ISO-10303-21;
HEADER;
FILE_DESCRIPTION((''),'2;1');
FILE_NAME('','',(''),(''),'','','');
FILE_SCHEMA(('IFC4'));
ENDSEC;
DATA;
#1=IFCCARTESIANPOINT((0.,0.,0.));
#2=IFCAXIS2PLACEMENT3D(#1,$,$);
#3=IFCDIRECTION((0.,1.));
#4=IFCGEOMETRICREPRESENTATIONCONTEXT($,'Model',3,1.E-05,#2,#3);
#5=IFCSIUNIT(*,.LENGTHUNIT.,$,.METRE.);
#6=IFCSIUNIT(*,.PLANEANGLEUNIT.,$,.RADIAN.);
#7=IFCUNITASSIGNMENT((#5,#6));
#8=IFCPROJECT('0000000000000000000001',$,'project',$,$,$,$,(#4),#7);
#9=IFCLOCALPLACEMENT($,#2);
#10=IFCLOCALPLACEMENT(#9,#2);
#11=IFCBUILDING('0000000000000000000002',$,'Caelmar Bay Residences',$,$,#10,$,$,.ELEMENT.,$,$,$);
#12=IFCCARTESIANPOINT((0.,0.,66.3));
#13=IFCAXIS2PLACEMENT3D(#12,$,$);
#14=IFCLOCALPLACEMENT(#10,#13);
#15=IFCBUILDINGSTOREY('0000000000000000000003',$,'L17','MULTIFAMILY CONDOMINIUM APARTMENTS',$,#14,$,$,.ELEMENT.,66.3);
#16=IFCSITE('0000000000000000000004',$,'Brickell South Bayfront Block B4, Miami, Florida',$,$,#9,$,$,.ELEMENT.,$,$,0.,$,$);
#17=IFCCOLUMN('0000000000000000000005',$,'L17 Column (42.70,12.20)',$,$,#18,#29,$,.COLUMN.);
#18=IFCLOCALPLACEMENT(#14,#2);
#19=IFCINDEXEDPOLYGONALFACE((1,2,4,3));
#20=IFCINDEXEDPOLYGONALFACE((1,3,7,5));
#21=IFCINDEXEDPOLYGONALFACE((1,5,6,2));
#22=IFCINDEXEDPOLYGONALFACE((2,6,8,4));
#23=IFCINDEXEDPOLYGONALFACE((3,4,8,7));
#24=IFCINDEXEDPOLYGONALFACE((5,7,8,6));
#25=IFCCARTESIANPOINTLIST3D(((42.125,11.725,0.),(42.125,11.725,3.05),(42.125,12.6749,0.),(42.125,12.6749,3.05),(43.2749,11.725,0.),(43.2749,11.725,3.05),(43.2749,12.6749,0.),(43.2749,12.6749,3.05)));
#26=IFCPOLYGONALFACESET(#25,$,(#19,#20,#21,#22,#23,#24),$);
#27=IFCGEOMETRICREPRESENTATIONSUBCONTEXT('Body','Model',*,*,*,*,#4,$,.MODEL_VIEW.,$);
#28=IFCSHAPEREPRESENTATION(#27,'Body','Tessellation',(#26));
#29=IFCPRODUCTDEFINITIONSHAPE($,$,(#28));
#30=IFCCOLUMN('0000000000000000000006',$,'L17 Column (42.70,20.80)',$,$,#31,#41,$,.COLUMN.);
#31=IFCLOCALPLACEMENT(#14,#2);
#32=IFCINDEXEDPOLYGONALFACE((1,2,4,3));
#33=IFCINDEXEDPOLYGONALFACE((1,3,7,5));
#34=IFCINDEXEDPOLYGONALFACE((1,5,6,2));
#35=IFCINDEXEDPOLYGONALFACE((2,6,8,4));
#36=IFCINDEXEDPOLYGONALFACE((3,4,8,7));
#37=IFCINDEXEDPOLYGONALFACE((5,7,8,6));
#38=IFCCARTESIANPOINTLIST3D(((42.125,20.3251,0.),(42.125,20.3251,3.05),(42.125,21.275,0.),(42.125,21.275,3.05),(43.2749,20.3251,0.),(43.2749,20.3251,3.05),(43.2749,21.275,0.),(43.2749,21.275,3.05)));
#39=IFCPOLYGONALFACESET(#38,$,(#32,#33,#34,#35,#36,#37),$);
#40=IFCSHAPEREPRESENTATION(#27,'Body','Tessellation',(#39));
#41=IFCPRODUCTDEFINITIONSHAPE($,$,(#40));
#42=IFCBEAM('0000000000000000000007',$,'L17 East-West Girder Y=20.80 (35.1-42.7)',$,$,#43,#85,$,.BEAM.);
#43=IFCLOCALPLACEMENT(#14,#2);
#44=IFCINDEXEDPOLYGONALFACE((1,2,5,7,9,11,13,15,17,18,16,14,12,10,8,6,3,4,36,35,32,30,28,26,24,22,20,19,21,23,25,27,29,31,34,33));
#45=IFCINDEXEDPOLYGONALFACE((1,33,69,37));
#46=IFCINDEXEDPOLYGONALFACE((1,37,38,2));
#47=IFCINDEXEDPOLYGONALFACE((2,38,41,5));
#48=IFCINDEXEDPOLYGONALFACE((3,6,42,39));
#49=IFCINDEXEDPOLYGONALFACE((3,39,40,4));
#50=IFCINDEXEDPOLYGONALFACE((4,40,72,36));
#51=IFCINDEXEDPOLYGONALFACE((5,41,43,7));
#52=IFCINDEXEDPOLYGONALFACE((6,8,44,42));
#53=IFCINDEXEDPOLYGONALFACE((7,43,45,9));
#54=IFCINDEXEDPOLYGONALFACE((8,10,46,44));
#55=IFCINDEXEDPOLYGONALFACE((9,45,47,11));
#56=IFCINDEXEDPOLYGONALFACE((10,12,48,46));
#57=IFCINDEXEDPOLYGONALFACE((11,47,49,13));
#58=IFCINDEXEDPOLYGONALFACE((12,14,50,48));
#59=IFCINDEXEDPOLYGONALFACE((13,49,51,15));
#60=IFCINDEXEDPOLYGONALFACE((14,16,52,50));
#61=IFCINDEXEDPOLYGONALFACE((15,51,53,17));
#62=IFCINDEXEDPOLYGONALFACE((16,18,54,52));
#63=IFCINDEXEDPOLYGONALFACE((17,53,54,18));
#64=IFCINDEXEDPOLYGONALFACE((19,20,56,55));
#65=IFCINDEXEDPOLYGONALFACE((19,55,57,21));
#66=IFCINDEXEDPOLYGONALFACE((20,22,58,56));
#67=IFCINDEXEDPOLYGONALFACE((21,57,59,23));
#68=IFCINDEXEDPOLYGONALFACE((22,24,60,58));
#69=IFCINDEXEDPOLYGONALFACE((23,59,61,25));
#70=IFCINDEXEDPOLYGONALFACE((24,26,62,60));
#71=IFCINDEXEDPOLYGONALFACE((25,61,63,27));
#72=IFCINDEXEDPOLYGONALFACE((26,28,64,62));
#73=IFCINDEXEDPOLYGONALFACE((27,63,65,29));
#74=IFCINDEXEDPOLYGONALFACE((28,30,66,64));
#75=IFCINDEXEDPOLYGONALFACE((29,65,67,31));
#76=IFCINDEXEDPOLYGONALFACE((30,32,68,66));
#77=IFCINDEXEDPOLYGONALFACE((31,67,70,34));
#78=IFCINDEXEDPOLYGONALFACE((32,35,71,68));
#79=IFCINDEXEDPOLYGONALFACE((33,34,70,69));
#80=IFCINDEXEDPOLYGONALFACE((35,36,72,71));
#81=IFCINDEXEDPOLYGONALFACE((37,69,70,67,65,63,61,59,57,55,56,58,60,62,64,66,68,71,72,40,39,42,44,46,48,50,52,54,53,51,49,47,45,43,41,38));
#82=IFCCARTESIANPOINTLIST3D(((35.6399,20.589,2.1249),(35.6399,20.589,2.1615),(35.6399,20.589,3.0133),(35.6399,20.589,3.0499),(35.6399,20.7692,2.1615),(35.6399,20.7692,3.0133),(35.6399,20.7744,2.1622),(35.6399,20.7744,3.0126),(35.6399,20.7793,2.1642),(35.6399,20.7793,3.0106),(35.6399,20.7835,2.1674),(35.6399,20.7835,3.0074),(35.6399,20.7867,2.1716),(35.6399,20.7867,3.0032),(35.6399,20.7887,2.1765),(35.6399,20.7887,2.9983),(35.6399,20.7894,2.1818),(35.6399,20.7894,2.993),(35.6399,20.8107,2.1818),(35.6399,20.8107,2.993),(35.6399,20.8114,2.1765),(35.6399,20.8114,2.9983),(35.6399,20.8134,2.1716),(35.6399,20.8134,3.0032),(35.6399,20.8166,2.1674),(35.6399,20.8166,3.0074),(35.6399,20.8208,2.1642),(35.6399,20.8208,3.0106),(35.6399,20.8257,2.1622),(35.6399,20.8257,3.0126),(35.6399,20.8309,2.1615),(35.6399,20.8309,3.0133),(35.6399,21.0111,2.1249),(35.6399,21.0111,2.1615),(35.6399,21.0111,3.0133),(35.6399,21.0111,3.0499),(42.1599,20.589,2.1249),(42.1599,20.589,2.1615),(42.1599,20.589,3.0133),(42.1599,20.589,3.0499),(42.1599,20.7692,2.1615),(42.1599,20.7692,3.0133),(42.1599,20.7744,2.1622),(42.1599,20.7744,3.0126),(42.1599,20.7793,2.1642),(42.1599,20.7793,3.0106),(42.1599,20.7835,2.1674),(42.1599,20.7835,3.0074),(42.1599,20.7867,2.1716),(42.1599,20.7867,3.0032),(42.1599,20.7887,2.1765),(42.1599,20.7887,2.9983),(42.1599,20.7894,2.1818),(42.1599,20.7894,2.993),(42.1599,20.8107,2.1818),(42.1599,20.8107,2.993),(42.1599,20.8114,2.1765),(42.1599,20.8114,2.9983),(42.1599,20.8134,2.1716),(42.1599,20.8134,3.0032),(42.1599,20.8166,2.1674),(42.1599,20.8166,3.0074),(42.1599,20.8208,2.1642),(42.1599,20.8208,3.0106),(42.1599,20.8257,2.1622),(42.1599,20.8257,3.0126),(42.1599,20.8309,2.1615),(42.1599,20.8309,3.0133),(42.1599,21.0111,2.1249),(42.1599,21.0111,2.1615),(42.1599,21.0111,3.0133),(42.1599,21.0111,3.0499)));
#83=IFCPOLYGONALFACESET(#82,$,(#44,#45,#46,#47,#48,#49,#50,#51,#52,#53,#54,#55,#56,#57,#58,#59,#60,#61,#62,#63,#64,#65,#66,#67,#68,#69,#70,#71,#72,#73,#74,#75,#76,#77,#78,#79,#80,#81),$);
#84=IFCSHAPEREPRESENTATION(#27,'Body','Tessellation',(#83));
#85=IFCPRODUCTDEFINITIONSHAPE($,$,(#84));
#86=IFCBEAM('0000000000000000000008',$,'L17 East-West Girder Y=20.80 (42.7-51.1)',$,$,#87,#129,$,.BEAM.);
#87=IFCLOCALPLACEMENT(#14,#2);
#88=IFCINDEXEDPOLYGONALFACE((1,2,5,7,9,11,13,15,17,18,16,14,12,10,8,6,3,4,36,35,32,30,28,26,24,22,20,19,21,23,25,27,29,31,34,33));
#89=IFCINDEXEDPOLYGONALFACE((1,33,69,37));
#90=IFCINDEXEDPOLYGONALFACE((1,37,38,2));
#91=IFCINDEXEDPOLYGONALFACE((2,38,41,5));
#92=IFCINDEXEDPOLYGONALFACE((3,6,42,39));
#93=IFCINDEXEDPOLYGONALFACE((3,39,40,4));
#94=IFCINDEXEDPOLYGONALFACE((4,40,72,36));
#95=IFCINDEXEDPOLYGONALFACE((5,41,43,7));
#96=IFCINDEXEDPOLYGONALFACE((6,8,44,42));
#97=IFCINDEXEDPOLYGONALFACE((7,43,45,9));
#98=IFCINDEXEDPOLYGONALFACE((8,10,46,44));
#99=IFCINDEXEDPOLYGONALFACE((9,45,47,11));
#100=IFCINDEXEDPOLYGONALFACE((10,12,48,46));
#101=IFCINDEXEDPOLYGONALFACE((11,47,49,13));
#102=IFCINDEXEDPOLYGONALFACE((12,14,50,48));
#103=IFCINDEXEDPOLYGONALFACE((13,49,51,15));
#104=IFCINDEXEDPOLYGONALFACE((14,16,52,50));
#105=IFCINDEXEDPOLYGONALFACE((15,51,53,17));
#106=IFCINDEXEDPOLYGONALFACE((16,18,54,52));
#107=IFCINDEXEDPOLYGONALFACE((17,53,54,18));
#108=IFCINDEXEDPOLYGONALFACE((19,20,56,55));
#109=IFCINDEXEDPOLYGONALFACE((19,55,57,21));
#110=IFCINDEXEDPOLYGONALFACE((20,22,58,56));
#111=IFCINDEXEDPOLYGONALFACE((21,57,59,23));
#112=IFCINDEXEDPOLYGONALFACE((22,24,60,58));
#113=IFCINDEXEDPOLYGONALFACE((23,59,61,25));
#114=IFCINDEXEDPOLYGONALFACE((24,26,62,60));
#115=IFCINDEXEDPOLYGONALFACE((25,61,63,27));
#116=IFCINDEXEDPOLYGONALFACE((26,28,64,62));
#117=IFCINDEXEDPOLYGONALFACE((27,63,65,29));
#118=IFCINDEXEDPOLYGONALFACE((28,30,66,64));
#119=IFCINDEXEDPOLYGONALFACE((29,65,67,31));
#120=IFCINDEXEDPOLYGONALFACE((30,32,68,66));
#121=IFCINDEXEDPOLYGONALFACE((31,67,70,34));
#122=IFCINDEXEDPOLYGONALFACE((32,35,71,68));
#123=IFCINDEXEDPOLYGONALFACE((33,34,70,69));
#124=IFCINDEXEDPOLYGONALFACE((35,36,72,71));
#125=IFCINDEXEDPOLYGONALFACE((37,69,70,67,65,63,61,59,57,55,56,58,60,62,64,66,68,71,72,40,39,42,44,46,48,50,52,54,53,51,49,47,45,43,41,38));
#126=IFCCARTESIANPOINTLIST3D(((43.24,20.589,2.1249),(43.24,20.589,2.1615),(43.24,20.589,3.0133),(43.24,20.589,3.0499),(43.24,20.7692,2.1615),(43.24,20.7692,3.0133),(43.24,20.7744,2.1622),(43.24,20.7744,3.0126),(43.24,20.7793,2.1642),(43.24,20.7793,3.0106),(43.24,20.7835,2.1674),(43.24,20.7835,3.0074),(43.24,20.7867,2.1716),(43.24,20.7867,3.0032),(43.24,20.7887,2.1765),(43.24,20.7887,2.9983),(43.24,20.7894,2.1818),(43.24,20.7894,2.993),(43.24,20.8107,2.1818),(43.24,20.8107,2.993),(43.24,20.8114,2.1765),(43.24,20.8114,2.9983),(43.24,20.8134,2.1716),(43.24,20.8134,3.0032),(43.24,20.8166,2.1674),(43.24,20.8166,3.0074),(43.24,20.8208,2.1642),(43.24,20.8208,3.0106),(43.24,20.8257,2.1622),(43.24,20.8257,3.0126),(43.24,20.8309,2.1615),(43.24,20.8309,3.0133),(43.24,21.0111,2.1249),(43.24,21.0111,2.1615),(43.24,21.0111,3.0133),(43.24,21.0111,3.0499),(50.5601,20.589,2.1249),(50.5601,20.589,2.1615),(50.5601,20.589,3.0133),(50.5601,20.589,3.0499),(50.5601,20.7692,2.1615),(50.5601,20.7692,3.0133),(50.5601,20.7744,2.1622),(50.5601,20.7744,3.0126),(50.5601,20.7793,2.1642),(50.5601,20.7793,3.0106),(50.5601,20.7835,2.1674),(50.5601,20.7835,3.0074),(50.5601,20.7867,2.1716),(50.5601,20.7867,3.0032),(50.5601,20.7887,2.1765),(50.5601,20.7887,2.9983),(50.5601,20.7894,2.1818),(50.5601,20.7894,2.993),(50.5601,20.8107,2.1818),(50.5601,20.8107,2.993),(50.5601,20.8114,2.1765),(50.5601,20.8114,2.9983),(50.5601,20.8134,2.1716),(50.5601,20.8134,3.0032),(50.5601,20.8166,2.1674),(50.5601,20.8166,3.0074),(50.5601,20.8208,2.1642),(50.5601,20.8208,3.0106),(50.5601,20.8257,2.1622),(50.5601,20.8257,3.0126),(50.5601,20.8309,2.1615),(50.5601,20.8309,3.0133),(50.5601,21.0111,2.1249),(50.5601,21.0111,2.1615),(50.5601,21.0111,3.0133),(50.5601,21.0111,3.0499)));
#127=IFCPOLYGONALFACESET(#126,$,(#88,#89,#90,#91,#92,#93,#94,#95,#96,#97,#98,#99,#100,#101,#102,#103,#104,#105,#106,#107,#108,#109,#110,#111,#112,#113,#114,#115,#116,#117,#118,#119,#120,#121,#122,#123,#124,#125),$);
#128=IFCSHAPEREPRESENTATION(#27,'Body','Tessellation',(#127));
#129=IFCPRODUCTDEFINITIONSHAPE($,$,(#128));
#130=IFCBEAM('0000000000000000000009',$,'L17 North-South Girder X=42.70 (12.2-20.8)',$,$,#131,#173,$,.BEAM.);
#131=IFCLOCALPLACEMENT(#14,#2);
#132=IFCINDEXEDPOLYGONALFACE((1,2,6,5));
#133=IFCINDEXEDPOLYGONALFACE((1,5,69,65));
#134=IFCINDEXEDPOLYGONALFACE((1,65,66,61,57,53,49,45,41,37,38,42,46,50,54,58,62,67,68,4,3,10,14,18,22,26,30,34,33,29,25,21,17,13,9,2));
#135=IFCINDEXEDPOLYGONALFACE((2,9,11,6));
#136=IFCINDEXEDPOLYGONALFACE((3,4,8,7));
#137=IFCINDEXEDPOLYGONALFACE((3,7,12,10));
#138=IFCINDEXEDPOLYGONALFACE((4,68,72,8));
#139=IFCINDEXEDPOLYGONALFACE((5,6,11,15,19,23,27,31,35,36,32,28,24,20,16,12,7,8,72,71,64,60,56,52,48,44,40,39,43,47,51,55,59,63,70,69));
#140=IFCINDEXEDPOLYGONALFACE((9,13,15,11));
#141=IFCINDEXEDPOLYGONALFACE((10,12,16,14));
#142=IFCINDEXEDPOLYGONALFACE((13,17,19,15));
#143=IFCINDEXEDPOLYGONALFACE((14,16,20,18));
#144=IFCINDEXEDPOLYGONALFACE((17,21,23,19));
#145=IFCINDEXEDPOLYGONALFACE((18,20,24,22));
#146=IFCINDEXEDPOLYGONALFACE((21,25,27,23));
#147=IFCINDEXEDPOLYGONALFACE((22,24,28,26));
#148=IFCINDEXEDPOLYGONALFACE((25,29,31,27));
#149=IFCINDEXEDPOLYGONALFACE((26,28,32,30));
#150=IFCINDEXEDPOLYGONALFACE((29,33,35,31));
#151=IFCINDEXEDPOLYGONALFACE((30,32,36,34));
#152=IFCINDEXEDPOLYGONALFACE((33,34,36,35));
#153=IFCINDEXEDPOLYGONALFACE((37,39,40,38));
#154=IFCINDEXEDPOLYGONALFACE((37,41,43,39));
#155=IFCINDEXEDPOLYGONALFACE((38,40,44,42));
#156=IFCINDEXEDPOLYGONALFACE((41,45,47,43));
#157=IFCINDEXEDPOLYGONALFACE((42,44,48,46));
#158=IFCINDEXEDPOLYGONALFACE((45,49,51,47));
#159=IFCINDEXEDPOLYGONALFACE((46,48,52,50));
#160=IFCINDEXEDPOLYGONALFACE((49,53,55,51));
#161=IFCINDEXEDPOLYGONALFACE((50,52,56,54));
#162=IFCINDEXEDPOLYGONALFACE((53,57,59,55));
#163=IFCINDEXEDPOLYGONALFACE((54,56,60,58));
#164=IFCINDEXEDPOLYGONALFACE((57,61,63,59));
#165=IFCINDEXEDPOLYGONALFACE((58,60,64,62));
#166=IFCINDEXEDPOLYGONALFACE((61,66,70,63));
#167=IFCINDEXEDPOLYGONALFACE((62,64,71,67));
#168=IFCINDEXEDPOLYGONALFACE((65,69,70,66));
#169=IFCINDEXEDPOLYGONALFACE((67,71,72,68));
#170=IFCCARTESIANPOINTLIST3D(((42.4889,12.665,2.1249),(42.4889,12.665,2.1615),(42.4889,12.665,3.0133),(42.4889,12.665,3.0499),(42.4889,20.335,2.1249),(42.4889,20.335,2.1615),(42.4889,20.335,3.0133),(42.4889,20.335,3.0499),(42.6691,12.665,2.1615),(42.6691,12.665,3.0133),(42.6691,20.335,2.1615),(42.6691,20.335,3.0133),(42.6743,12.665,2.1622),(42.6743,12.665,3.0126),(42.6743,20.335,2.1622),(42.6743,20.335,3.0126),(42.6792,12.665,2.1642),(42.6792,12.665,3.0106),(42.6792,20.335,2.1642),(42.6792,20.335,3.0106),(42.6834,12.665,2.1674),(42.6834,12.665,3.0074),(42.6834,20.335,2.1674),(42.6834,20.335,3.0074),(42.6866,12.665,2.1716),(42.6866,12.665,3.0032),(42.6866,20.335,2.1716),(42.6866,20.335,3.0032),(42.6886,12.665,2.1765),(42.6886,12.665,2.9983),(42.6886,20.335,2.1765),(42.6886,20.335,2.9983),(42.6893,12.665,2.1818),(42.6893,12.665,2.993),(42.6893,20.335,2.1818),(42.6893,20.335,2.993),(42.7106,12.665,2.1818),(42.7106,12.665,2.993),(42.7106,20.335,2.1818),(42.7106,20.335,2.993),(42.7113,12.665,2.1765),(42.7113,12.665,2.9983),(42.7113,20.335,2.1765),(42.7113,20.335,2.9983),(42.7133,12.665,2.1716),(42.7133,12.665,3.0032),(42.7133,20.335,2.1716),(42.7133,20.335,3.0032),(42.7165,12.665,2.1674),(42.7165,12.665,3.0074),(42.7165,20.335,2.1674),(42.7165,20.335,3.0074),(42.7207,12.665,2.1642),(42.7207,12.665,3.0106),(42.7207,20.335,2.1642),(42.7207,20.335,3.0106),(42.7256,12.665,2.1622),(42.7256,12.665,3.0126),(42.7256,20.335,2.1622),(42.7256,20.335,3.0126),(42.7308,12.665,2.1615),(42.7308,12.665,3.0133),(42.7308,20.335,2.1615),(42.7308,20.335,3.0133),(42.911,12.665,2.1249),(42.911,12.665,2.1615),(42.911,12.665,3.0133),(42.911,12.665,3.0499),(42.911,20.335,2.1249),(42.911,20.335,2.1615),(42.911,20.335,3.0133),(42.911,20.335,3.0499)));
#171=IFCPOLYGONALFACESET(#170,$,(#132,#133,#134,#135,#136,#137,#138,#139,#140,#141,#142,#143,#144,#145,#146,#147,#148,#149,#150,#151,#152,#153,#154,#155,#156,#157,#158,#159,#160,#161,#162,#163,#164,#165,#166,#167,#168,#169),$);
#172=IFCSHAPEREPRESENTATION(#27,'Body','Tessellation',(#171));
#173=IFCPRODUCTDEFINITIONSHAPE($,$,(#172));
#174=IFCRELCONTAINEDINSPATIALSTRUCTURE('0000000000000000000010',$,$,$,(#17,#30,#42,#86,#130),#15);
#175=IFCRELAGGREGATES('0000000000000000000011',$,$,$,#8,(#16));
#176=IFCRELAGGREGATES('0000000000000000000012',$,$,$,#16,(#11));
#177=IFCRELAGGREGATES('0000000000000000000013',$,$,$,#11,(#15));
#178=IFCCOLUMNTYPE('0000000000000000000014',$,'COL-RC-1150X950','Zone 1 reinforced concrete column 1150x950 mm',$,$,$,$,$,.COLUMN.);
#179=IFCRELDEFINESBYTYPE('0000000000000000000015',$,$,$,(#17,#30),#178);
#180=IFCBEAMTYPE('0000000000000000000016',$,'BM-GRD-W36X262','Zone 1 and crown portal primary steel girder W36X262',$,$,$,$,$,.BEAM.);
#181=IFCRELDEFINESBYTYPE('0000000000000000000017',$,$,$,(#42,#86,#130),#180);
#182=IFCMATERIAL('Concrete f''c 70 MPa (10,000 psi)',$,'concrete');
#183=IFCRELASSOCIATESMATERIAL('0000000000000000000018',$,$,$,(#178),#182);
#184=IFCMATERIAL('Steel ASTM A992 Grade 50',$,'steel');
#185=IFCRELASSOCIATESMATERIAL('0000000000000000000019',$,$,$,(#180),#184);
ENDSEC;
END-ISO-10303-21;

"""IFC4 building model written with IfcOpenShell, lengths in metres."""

from ifc_helpers import new_model, si_unit, direction, frame, origin, origin_2d, place, context, subcontext, project, spatial, rectangle, i_section, extrude, material, material_profile, profile_set, type_object, element, save


model = new_model("IFC4")

# Units and contexts
model_context = context("Model", 3, precision=1e-05, world=origin(), true_north=direction((0.0, 1.0)))
body_context = subcontext(model_context, "Body", "Model", "MODEL_VIEW")
ifc_project = project(units=[si_unit("LENGTHUNIT", "METRE"), si_unit("PLANEANGLEUNIT", "RADIAN")], contexts=[model_context])

# Site, building, storey
site_placement = place(None, origin())
site = spatial("IfcSite", under=ifc_project, at=site_placement, Name="Brickell South Bayfront Block B4, Miami, Florida", CompositionType="ELEMENT", RefElevation=0.0)
building_placement = place(site_placement, origin())
building = spatial("IfcBuilding", under=site, at=building_placement, Name="Caelmar Bay Residences", CompositionType="ELEMENT")
storey_placement = place(building_placement, frame((0.0, 0.0, 66.3)))
storey = spatial("IfcBuildingStorey", under=building, at=storey_placement, Name="L17", Description="MULTIFAMILY CONDOMINIUM APARTMENTS", CompositionType="ELEMENT", Elevation=66.3)

# Columns
ifc_material_1 = material(Name="Concrete f'c 70 MPa (10,000 psi)", Category="concrete")
ifc_material_profile_1 = material_profile(ifc_material_1, rectangle(XDim=1.1499, YDim=0.95, at=origin_2d()), Name="RC-COL-1150X950")
ifc_profile_set_1 = profile_set([ifc_material_profile_1], Name="Concrete f'c 70 MPa (10,000 psi)")
column_type = type_object("IfcColumnType", Name="COL-RC-1150X950", Description="Zone 1 reinforced concrete column 1150x950 mm", PredefinedType="COLUMN", material=ifc_profile_set_1)
for number, where, z_axis, x_axis, name in (
    (1, (42.7, 12.2, 0.0), (0.0, 0.0, 1.0), (1.0, 0.0, 0.0), "L17 Column (42.70,12.20)"),
    (2, (42.7, 20.8, 0.0), (0.0, 0.0, 1.0), (1.0, 0.0, 0.0), "L17 Column (42.70,20.80)"),
):
    element("IfcColumn", number, at=place(storey_placement, frame(where, z_axis=z_axis, x_axis=x_axis)), inside=storey, type_object=column_type, Name=name, PredefinedType="COLUMN", context=body_context, shape_type="SweptSolid", body=[
        extrude(rectangle(XDim=1.1499, YDim=0.95, at=origin_2d()), origin(), (0.0, 0.0, 1.0), 3.05),
    ])

# Beams
ifc_material_2 = material(Name="Steel ASTM A992 Grade 50", Category="steel")
ifc_material_profile_2 = material_profile(ifc_material_2, i_section(OverallWidth=0.4221, OverallDepth=0.925, WebThickness=0.0212, FlangeThickness=0.0366, FilletRadius=0.0203, at=origin_2d()), Name="W36X262")
ifc_profile_set_2 = profile_set([ifc_material_profile_2], Name="Steel ASTM A992 Grade 50")
beam_type_1 = type_object("IfcBeamType", Name="BM-GRD-W36X262", Description="Zone 1 and crown portal primary steel girder W36X262", PredefinedType="BEAM", material=ifc_profile_set_2)
beam_1_placement = place(storey_placement, frame((35.6399, 20.8, 2.5874), z_axis=(1.0, 0.0, 0.0), x_axis=(0.0, 1.0, 0.0)))
element("IfcBeam", 3, at=beam_1_placement, inside=storey, type_object=beam_type_1, Name="L17 East-West Girder Y=20.80 (35.1-42.7)", PredefinedType="BEAM", context=body_context, shape_type="SweptSolid", body=[
    extrude(i_section(OverallWidth=0.4221, OverallDepth=0.925, WebThickness=0.0212, FlangeThickness=0.0366, FilletRadius=0.0203, at=origin_2d()), origin(), (0.0, 0.0, 1.0), 6.52),
])
beam_2_placement = place(storey_placement, frame((43.24, 20.8, 2.5874), z_axis=(1.0, 0.0, 0.0), x_axis=(0.0, 1.0, 0.0)))
element("IfcBeam", 4, at=beam_2_placement, inside=storey, type_object=beam_type_1, Name="L17 East-West Girder Y=20.80 (42.7-51.1)", PredefinedType="BEAM", context=body_context, shape_type="SweptSolid", body=[
    extrude(i_section(OverallWidth=0.4221, OverallDepth=0.925, WebThickness=0.0212, FlangeThickness=0.0366, FilletRadius=0.0203, at=origin_2d()), origin(), (0.0, 0.0, 1.0), 7.3201),
])
beam_3_placement = place(storey_placement, frame((42.7, 12.665, 2.5874), z_axis=(0.0, 1.0, 0.0), x_axis=(-1.0, 0.0, 0.0)))
element("IfcBeam", 5, at=beam_3_placement, inside=storey, type_object=beam_type_1, Name="L17 North-South Girder X=42.70 (12.2-20.8)", PredefinedType="BEAM", context=body_context, shape_type="SweptSolid", body=[
    extrude(i_section(OverallWidth=0.4221, OverallDepth=0.925, WebThickness=0.0212, FlangeThickness=0.0366, FilletRadius=0.0203, at=origin_2d()), origin(), (0.0, 0.0, 1.0), 7.6699),
])

save(model, "model.ifc")
